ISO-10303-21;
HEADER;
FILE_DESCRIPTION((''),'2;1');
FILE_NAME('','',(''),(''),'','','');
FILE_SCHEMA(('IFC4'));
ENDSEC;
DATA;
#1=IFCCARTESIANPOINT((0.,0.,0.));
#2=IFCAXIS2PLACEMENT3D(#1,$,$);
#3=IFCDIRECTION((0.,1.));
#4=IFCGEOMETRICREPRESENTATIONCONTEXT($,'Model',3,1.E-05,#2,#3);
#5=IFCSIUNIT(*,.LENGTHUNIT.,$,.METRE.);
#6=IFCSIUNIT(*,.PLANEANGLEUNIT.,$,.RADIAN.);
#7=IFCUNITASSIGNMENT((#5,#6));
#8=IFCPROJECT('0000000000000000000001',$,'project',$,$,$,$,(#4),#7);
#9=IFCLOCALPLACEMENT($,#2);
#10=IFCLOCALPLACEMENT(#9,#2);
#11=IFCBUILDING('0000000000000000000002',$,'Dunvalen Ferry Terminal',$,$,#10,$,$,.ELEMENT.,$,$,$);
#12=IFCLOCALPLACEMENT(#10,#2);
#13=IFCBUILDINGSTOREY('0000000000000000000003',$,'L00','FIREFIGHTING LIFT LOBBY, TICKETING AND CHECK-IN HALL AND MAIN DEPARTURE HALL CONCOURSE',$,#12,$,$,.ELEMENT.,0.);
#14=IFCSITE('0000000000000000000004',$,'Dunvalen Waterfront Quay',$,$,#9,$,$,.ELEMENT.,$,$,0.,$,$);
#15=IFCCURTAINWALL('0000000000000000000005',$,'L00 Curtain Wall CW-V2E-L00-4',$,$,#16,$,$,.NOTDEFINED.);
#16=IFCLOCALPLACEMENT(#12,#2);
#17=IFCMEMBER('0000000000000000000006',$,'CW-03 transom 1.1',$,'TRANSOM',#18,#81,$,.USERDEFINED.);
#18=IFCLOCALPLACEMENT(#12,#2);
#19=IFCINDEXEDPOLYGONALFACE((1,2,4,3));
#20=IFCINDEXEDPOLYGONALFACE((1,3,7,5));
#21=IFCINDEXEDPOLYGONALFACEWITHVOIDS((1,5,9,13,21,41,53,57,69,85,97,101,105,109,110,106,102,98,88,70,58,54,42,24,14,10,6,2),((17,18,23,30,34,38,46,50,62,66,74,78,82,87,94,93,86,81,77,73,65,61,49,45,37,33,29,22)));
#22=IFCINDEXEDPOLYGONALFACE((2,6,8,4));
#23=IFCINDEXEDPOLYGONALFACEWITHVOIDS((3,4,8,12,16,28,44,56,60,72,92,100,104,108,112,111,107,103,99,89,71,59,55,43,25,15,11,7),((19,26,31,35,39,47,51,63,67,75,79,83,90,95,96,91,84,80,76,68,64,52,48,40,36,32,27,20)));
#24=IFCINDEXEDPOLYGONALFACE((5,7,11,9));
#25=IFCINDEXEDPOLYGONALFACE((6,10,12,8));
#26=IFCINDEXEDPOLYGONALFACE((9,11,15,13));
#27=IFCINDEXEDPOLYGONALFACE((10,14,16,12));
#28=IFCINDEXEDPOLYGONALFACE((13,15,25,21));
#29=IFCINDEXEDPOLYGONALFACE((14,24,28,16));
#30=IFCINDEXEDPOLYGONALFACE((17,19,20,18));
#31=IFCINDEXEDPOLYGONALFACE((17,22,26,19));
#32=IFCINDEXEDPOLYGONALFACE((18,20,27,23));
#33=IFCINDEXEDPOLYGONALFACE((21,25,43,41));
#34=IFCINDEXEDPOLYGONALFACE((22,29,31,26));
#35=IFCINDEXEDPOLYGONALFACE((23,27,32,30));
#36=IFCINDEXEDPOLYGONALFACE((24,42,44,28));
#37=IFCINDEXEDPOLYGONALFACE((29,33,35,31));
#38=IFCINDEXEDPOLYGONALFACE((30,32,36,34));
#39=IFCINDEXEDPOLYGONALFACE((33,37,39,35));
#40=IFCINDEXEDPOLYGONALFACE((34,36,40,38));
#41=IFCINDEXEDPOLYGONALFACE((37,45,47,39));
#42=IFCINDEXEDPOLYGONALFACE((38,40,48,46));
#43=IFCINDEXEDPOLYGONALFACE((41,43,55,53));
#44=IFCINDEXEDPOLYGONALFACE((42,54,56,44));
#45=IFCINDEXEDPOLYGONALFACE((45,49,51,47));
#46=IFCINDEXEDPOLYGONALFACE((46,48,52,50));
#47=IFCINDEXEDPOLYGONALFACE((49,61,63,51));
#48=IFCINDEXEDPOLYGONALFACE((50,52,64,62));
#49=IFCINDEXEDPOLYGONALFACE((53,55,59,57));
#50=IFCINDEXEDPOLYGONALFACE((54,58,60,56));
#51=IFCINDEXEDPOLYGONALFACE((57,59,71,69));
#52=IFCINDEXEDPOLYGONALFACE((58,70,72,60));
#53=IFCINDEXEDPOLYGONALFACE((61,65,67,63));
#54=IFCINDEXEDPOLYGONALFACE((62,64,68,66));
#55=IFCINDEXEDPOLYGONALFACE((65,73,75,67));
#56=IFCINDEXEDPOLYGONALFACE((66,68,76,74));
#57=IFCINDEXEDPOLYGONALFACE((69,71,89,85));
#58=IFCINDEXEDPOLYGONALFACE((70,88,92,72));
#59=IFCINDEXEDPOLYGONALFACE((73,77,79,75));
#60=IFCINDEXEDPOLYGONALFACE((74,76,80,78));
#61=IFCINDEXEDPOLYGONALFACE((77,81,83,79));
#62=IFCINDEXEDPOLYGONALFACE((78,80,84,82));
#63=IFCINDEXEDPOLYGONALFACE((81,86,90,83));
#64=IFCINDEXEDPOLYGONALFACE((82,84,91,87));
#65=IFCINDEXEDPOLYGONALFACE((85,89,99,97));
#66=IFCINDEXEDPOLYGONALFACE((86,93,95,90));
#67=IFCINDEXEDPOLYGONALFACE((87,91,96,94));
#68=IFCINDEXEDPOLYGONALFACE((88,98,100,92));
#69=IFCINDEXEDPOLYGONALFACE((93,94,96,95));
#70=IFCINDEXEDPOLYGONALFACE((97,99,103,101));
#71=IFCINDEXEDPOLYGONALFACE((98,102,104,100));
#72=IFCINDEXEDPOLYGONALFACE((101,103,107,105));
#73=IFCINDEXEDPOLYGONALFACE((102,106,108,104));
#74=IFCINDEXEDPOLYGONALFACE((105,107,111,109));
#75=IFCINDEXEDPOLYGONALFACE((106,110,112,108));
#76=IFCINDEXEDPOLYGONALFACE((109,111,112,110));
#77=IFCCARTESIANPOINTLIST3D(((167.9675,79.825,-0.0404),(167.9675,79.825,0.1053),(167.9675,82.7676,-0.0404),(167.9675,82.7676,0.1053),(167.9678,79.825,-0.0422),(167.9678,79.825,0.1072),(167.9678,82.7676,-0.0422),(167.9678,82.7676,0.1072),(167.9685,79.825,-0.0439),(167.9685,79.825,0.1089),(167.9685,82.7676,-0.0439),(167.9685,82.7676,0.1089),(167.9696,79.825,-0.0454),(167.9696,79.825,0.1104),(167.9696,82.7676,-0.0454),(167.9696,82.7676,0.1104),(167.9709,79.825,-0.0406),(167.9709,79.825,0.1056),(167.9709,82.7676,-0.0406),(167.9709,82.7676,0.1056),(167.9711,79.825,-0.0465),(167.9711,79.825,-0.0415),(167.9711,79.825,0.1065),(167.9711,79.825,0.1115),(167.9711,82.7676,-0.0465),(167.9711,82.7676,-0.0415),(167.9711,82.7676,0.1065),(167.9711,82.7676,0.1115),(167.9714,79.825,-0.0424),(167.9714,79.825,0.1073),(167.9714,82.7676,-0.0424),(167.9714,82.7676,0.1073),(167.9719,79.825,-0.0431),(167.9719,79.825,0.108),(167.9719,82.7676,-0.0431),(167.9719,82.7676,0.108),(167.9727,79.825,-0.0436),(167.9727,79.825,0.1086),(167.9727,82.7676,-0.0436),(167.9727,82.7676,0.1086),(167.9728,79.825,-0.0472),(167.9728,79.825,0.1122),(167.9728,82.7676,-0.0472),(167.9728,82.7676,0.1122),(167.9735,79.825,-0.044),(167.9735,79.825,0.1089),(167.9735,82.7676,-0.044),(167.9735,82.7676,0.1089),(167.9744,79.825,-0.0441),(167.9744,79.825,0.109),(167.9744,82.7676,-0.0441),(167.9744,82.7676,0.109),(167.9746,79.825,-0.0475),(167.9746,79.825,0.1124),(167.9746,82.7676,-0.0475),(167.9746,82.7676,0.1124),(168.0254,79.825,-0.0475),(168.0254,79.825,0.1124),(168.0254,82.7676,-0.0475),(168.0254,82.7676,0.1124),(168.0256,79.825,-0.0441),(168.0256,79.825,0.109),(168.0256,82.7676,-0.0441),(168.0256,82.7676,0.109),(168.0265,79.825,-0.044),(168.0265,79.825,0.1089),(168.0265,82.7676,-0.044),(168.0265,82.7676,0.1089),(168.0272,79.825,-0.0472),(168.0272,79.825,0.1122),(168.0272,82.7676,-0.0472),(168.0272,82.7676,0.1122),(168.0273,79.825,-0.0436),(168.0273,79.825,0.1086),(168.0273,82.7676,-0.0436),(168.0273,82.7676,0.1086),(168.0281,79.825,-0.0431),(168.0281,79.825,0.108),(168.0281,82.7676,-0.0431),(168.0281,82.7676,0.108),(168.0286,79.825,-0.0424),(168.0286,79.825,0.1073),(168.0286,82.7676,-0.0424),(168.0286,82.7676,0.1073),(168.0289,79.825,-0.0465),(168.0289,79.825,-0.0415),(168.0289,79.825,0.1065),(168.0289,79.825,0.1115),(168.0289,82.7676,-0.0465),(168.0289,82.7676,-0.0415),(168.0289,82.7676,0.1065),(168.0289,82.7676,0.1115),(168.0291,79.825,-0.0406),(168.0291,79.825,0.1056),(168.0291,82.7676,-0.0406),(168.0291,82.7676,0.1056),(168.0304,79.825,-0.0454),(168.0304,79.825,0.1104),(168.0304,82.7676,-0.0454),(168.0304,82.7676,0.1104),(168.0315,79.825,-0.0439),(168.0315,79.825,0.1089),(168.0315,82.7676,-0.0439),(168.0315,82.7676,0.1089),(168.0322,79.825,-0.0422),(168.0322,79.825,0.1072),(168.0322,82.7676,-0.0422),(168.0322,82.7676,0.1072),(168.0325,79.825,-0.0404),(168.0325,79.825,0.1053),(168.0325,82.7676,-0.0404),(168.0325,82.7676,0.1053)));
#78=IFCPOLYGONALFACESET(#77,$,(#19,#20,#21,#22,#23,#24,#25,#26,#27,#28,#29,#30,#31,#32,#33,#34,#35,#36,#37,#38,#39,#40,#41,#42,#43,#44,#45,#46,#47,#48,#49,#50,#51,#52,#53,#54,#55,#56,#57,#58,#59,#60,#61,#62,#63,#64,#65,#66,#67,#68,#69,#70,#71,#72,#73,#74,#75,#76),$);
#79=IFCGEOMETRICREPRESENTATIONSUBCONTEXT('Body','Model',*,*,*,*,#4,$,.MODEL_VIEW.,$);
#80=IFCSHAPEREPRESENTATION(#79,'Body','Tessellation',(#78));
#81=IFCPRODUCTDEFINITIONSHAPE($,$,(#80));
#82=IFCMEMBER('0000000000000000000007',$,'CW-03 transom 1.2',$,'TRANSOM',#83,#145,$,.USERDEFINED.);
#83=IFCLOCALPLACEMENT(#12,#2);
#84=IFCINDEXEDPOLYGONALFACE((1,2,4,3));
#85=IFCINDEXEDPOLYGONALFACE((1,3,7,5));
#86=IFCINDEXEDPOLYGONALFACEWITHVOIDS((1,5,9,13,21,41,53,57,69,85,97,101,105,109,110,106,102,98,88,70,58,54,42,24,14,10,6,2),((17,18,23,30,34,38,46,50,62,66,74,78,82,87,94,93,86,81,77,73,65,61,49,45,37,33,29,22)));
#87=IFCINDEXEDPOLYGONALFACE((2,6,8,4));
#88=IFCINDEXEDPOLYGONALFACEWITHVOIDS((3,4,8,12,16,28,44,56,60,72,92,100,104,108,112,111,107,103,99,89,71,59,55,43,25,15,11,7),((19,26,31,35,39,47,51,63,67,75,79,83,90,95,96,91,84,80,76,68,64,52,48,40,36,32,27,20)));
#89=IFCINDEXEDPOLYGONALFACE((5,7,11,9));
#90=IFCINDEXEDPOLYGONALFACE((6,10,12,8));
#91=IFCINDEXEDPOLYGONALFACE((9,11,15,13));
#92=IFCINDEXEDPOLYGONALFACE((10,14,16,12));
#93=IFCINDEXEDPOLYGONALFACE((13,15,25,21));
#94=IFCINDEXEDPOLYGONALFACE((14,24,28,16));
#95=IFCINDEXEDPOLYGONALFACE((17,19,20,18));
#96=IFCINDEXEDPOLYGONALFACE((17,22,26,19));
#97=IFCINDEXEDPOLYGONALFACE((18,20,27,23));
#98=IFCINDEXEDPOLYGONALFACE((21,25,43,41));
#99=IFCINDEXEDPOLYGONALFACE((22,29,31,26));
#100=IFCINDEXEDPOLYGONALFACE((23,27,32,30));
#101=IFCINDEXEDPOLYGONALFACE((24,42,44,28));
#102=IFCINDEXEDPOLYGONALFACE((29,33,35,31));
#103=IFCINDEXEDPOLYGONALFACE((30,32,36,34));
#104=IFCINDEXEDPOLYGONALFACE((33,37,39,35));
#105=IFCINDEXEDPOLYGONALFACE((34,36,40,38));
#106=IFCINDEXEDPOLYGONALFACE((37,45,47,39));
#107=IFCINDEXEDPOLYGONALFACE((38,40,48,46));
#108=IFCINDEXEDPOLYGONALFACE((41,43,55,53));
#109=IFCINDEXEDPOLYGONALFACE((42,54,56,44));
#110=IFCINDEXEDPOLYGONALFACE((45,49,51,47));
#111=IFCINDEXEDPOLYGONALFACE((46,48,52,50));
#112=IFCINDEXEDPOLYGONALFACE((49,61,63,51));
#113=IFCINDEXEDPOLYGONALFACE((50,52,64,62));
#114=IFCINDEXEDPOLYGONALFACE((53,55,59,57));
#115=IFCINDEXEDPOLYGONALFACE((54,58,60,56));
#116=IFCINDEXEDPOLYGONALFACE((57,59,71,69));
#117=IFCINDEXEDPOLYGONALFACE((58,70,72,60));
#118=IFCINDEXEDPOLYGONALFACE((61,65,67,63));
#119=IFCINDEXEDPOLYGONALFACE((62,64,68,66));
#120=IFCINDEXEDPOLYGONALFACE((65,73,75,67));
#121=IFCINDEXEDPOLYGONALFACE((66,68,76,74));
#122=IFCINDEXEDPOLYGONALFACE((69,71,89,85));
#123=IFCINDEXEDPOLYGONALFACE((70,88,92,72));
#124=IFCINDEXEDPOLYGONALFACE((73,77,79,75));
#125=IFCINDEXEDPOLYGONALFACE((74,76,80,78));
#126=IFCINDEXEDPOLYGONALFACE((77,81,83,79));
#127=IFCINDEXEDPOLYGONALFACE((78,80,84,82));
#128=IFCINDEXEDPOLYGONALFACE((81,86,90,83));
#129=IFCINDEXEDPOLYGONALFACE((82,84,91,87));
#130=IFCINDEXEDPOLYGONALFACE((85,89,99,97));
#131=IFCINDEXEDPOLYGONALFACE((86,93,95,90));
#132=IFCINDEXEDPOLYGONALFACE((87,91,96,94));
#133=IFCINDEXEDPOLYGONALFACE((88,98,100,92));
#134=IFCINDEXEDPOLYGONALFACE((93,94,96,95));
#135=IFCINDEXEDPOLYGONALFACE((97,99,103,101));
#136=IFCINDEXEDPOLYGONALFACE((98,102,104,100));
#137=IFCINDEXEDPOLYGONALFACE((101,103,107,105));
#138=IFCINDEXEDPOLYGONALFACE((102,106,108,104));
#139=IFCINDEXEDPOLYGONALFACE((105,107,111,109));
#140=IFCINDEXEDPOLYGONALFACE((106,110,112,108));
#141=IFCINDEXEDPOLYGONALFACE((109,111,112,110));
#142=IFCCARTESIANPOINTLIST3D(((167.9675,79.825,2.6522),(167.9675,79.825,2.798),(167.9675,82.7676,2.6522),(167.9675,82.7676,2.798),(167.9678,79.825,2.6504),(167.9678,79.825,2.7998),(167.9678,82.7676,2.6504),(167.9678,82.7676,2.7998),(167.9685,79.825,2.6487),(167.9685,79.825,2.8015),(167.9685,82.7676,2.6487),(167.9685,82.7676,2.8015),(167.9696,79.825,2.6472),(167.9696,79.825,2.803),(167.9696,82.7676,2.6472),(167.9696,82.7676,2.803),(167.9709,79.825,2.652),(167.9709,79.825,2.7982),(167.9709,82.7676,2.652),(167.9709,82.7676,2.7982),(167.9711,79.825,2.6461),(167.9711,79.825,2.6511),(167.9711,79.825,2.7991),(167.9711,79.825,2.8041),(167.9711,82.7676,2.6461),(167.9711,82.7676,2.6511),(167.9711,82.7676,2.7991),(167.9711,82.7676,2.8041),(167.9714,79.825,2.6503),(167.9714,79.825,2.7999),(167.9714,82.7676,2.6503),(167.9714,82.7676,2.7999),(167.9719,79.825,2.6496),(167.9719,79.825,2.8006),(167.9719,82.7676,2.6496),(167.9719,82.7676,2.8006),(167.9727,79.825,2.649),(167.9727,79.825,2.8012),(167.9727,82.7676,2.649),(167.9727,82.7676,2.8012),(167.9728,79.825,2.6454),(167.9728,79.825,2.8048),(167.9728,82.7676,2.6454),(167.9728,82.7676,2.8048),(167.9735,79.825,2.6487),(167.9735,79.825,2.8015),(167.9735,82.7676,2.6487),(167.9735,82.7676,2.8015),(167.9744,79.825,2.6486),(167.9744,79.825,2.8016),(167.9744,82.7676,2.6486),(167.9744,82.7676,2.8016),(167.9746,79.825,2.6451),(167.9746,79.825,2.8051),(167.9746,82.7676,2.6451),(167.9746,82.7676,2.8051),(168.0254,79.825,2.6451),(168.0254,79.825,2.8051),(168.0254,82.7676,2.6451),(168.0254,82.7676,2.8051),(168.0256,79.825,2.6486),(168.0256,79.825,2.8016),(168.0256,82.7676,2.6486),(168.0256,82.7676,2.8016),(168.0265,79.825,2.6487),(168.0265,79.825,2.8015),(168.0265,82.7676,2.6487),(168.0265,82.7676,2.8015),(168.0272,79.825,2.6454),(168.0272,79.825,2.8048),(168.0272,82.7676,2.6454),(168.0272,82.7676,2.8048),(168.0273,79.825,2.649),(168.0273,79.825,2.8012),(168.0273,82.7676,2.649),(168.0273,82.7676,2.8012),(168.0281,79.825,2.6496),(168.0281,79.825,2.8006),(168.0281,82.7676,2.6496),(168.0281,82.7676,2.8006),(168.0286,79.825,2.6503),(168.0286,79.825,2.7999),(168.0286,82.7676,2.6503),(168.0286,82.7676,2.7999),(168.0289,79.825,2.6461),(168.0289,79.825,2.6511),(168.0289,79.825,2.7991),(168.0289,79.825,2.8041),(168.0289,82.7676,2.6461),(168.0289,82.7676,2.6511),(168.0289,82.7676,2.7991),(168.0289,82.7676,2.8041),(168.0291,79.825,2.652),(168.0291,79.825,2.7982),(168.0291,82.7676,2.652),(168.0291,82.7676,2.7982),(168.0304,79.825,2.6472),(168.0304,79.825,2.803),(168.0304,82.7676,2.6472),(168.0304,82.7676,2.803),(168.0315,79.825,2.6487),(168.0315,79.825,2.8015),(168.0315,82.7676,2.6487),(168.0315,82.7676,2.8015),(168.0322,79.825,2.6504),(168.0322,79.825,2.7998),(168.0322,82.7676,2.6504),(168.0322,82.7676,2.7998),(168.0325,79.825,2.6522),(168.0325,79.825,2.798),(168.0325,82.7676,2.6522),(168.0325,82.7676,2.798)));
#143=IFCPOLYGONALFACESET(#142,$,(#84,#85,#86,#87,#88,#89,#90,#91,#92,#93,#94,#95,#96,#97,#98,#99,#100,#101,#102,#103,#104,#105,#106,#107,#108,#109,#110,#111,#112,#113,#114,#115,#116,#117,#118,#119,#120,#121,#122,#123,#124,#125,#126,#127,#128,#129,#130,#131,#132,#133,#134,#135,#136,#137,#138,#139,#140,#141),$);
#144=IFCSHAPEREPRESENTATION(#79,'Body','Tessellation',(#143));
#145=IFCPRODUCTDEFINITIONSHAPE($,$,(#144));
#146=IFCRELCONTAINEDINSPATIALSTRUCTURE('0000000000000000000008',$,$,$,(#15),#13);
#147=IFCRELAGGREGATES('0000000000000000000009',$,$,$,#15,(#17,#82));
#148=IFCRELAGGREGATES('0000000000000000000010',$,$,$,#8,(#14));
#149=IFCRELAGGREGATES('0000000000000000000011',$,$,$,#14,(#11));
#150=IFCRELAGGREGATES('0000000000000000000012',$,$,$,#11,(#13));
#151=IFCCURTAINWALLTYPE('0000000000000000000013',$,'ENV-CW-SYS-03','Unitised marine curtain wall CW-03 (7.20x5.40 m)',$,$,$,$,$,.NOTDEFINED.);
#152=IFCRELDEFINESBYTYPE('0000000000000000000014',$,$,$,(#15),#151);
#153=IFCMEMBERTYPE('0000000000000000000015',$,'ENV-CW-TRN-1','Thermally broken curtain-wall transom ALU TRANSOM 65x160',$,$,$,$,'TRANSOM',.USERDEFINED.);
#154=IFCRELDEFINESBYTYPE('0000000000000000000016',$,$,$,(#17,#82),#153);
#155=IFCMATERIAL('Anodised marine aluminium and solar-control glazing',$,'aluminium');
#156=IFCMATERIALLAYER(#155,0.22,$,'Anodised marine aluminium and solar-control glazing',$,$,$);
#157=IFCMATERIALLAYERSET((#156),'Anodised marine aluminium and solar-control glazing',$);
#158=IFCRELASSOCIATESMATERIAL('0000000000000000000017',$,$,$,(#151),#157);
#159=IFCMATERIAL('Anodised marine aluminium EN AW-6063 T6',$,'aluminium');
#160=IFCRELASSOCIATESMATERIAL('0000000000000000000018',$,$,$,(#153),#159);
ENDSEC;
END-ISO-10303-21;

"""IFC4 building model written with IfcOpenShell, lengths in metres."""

from ifc_helpers import new_model, si_unit, direction, frame, origin, origin_2d, place, context, subcontext, project, spatial, hollow_rectangle, extrude, material, layer, layer_set, material_profile, profile_set, type_object, element, aggregate, save


model = new_model("IFC4")

# Units and contexts
model_context = context("Model", 3, precision=1e-05, world=origin(), true_north=direction((0.0, 1.0)))
body_context = subcontext(model_context, "Body", "Model", "MODEL_VIEW")
ifc_project = project(units=[si_unit("LENGTHUNIT", "METRE"), si_unit("PLANEANGLEUNIT", "RADIAN")], contexts=[model_context])

# Site, building, storey
site_placement = place(None, origin())
site = spatial("IfcSite", under=ifc_project, at=site_placement, Name="Dunvalen Waterfront Quay", CompositionType="ELEMENT", RefElevation=0.0)
building_placement = place(site_placement, origin())
building = spatial("IfcBuilding", under=site, at=building_placement, Name="Dunvalen Ferry Terminal", CompositionType="ELEMENT")
storey_placement = place(building_placement, origin())
storey = spatial("IfcBuildingStorey", under=building, at=storey_placement, Name="L00", Description="FIREFIGHTING LIFT LOBBY, TICKETING AND CHECK-IN HALL AND MAIN DEPARTURE HALL CONCOURSE", CompositionType="ELEMENT", Elevation=0.0)

# Curtain wall
ifc_material_1 = material(Name="Anodised marine aluminium and solar-control glazing", Category="aluminium")
ifc_layer_1 = layer(ifc_material_1, 0.22, Name="Anodised marine aluminium and solar-control glazing")
ifc_layer_set_1 = layer_set([ifc_layer_1], Name="Anodised marine aluminium and solar-control glazing")
curtain_wall_type = type_object("IfcCurtainWallType", Name="ENV-CW-SYS-03", Description="Unitised marine curtain wall CW-03 (7.20x5.40 m)", PredefinedType="NOTDEFINED", material=ifc_layer_set_1)
ifc_material_2 = material(Name="Anodised marine aluminium EN AW-6063 T6", Category="aluminium")
curtain_wall_1_placement = place(storey_placement, origin())
curtain_wall_1 = element("IfcCurtainWall", 1, at=curtain_wall_1_placement, inside=storey, type_object=curtain_wall_type, Name="L00 Curtain Wall CW-V2E-L00-4", PredefinedType="NOTDEFINED")

# Members
ifc_material_profile_1 = material_profile(ifc_material_2, hollow_rectangle(XDim=0.0649, YDim=0.1599, WallThickness=0.0034, InnerFilletRadius=0.0034, OuterFilletRadius=0.0071, at=origin_2d()), Name="Anodised marine aluminium EN AW-6063 T6")
ifc_profile_set_1 = profile_set([ifc_material_profile_1], Name="Anodised marine aluminium EN AW-6063 T6")
member_type_1 = type_object("IfcMemberType", Name="ENV-CW-TRN-1", Description="Thermally broken curtain-wall transom ALU TRANSOM 65x160", ElementType="TRANSOM", PredefinedType="USERDEFINED", material=ifc_profile_set_1)
member_1_placement = place(storey_placement, frame((168.0, 79.825, 0.0325), z_axis=(0.0, 1.0, 0.0), x_axis=(-1.0, 0.0, 0.0)))
member_1 = element("IfcMember", 2, at=member_1_placement, type_object=member_type_1, Name="CW-03 transom 1.1", ObjectType="TRANSOM", PredefinedType="USERDEFINED", context=body_context, shape_type="SweptSolid", body=[
    extrude(hollow_rectangle(XDim=0.0649, YDim=0.1599, WallThickness=0.0034, InnerFilletRadius=0.0034, OuterFilletRadius=0.0071, at=origin_2d()), origin(), (0.0, 0.0, 1.0), 2.9426),
])
member_2_placement = place(storey_placement, frame((168.0, 79.825, 2.7251), z_axis=(0.0, 1.0, 0.0), x_axis=(-1.0, 0.0, 0.0)))
member_2 = element("IfcMember", 3, at=member_2_placement, type_object=member_type_1, Name="CW-03 transom 1.2", ObjectType="TRANSOM", PredefinedType="USERDEFINED", context=body_context, shape_type="SweptSolid", body=[
    extrude(hollow_rectangle(XDim=0.0649, YDim=0.1599, WallThickness=0.0034, InnerFilletRadius=0.0034, OuterFilletRadius=0.0071, at=origin_2d()), origin(), (0.0, 0.0, 1.0), 2.9426),
])

aggregate(curtain_wall_1, [member_1, member_2])

save(model, "model.ifc")
